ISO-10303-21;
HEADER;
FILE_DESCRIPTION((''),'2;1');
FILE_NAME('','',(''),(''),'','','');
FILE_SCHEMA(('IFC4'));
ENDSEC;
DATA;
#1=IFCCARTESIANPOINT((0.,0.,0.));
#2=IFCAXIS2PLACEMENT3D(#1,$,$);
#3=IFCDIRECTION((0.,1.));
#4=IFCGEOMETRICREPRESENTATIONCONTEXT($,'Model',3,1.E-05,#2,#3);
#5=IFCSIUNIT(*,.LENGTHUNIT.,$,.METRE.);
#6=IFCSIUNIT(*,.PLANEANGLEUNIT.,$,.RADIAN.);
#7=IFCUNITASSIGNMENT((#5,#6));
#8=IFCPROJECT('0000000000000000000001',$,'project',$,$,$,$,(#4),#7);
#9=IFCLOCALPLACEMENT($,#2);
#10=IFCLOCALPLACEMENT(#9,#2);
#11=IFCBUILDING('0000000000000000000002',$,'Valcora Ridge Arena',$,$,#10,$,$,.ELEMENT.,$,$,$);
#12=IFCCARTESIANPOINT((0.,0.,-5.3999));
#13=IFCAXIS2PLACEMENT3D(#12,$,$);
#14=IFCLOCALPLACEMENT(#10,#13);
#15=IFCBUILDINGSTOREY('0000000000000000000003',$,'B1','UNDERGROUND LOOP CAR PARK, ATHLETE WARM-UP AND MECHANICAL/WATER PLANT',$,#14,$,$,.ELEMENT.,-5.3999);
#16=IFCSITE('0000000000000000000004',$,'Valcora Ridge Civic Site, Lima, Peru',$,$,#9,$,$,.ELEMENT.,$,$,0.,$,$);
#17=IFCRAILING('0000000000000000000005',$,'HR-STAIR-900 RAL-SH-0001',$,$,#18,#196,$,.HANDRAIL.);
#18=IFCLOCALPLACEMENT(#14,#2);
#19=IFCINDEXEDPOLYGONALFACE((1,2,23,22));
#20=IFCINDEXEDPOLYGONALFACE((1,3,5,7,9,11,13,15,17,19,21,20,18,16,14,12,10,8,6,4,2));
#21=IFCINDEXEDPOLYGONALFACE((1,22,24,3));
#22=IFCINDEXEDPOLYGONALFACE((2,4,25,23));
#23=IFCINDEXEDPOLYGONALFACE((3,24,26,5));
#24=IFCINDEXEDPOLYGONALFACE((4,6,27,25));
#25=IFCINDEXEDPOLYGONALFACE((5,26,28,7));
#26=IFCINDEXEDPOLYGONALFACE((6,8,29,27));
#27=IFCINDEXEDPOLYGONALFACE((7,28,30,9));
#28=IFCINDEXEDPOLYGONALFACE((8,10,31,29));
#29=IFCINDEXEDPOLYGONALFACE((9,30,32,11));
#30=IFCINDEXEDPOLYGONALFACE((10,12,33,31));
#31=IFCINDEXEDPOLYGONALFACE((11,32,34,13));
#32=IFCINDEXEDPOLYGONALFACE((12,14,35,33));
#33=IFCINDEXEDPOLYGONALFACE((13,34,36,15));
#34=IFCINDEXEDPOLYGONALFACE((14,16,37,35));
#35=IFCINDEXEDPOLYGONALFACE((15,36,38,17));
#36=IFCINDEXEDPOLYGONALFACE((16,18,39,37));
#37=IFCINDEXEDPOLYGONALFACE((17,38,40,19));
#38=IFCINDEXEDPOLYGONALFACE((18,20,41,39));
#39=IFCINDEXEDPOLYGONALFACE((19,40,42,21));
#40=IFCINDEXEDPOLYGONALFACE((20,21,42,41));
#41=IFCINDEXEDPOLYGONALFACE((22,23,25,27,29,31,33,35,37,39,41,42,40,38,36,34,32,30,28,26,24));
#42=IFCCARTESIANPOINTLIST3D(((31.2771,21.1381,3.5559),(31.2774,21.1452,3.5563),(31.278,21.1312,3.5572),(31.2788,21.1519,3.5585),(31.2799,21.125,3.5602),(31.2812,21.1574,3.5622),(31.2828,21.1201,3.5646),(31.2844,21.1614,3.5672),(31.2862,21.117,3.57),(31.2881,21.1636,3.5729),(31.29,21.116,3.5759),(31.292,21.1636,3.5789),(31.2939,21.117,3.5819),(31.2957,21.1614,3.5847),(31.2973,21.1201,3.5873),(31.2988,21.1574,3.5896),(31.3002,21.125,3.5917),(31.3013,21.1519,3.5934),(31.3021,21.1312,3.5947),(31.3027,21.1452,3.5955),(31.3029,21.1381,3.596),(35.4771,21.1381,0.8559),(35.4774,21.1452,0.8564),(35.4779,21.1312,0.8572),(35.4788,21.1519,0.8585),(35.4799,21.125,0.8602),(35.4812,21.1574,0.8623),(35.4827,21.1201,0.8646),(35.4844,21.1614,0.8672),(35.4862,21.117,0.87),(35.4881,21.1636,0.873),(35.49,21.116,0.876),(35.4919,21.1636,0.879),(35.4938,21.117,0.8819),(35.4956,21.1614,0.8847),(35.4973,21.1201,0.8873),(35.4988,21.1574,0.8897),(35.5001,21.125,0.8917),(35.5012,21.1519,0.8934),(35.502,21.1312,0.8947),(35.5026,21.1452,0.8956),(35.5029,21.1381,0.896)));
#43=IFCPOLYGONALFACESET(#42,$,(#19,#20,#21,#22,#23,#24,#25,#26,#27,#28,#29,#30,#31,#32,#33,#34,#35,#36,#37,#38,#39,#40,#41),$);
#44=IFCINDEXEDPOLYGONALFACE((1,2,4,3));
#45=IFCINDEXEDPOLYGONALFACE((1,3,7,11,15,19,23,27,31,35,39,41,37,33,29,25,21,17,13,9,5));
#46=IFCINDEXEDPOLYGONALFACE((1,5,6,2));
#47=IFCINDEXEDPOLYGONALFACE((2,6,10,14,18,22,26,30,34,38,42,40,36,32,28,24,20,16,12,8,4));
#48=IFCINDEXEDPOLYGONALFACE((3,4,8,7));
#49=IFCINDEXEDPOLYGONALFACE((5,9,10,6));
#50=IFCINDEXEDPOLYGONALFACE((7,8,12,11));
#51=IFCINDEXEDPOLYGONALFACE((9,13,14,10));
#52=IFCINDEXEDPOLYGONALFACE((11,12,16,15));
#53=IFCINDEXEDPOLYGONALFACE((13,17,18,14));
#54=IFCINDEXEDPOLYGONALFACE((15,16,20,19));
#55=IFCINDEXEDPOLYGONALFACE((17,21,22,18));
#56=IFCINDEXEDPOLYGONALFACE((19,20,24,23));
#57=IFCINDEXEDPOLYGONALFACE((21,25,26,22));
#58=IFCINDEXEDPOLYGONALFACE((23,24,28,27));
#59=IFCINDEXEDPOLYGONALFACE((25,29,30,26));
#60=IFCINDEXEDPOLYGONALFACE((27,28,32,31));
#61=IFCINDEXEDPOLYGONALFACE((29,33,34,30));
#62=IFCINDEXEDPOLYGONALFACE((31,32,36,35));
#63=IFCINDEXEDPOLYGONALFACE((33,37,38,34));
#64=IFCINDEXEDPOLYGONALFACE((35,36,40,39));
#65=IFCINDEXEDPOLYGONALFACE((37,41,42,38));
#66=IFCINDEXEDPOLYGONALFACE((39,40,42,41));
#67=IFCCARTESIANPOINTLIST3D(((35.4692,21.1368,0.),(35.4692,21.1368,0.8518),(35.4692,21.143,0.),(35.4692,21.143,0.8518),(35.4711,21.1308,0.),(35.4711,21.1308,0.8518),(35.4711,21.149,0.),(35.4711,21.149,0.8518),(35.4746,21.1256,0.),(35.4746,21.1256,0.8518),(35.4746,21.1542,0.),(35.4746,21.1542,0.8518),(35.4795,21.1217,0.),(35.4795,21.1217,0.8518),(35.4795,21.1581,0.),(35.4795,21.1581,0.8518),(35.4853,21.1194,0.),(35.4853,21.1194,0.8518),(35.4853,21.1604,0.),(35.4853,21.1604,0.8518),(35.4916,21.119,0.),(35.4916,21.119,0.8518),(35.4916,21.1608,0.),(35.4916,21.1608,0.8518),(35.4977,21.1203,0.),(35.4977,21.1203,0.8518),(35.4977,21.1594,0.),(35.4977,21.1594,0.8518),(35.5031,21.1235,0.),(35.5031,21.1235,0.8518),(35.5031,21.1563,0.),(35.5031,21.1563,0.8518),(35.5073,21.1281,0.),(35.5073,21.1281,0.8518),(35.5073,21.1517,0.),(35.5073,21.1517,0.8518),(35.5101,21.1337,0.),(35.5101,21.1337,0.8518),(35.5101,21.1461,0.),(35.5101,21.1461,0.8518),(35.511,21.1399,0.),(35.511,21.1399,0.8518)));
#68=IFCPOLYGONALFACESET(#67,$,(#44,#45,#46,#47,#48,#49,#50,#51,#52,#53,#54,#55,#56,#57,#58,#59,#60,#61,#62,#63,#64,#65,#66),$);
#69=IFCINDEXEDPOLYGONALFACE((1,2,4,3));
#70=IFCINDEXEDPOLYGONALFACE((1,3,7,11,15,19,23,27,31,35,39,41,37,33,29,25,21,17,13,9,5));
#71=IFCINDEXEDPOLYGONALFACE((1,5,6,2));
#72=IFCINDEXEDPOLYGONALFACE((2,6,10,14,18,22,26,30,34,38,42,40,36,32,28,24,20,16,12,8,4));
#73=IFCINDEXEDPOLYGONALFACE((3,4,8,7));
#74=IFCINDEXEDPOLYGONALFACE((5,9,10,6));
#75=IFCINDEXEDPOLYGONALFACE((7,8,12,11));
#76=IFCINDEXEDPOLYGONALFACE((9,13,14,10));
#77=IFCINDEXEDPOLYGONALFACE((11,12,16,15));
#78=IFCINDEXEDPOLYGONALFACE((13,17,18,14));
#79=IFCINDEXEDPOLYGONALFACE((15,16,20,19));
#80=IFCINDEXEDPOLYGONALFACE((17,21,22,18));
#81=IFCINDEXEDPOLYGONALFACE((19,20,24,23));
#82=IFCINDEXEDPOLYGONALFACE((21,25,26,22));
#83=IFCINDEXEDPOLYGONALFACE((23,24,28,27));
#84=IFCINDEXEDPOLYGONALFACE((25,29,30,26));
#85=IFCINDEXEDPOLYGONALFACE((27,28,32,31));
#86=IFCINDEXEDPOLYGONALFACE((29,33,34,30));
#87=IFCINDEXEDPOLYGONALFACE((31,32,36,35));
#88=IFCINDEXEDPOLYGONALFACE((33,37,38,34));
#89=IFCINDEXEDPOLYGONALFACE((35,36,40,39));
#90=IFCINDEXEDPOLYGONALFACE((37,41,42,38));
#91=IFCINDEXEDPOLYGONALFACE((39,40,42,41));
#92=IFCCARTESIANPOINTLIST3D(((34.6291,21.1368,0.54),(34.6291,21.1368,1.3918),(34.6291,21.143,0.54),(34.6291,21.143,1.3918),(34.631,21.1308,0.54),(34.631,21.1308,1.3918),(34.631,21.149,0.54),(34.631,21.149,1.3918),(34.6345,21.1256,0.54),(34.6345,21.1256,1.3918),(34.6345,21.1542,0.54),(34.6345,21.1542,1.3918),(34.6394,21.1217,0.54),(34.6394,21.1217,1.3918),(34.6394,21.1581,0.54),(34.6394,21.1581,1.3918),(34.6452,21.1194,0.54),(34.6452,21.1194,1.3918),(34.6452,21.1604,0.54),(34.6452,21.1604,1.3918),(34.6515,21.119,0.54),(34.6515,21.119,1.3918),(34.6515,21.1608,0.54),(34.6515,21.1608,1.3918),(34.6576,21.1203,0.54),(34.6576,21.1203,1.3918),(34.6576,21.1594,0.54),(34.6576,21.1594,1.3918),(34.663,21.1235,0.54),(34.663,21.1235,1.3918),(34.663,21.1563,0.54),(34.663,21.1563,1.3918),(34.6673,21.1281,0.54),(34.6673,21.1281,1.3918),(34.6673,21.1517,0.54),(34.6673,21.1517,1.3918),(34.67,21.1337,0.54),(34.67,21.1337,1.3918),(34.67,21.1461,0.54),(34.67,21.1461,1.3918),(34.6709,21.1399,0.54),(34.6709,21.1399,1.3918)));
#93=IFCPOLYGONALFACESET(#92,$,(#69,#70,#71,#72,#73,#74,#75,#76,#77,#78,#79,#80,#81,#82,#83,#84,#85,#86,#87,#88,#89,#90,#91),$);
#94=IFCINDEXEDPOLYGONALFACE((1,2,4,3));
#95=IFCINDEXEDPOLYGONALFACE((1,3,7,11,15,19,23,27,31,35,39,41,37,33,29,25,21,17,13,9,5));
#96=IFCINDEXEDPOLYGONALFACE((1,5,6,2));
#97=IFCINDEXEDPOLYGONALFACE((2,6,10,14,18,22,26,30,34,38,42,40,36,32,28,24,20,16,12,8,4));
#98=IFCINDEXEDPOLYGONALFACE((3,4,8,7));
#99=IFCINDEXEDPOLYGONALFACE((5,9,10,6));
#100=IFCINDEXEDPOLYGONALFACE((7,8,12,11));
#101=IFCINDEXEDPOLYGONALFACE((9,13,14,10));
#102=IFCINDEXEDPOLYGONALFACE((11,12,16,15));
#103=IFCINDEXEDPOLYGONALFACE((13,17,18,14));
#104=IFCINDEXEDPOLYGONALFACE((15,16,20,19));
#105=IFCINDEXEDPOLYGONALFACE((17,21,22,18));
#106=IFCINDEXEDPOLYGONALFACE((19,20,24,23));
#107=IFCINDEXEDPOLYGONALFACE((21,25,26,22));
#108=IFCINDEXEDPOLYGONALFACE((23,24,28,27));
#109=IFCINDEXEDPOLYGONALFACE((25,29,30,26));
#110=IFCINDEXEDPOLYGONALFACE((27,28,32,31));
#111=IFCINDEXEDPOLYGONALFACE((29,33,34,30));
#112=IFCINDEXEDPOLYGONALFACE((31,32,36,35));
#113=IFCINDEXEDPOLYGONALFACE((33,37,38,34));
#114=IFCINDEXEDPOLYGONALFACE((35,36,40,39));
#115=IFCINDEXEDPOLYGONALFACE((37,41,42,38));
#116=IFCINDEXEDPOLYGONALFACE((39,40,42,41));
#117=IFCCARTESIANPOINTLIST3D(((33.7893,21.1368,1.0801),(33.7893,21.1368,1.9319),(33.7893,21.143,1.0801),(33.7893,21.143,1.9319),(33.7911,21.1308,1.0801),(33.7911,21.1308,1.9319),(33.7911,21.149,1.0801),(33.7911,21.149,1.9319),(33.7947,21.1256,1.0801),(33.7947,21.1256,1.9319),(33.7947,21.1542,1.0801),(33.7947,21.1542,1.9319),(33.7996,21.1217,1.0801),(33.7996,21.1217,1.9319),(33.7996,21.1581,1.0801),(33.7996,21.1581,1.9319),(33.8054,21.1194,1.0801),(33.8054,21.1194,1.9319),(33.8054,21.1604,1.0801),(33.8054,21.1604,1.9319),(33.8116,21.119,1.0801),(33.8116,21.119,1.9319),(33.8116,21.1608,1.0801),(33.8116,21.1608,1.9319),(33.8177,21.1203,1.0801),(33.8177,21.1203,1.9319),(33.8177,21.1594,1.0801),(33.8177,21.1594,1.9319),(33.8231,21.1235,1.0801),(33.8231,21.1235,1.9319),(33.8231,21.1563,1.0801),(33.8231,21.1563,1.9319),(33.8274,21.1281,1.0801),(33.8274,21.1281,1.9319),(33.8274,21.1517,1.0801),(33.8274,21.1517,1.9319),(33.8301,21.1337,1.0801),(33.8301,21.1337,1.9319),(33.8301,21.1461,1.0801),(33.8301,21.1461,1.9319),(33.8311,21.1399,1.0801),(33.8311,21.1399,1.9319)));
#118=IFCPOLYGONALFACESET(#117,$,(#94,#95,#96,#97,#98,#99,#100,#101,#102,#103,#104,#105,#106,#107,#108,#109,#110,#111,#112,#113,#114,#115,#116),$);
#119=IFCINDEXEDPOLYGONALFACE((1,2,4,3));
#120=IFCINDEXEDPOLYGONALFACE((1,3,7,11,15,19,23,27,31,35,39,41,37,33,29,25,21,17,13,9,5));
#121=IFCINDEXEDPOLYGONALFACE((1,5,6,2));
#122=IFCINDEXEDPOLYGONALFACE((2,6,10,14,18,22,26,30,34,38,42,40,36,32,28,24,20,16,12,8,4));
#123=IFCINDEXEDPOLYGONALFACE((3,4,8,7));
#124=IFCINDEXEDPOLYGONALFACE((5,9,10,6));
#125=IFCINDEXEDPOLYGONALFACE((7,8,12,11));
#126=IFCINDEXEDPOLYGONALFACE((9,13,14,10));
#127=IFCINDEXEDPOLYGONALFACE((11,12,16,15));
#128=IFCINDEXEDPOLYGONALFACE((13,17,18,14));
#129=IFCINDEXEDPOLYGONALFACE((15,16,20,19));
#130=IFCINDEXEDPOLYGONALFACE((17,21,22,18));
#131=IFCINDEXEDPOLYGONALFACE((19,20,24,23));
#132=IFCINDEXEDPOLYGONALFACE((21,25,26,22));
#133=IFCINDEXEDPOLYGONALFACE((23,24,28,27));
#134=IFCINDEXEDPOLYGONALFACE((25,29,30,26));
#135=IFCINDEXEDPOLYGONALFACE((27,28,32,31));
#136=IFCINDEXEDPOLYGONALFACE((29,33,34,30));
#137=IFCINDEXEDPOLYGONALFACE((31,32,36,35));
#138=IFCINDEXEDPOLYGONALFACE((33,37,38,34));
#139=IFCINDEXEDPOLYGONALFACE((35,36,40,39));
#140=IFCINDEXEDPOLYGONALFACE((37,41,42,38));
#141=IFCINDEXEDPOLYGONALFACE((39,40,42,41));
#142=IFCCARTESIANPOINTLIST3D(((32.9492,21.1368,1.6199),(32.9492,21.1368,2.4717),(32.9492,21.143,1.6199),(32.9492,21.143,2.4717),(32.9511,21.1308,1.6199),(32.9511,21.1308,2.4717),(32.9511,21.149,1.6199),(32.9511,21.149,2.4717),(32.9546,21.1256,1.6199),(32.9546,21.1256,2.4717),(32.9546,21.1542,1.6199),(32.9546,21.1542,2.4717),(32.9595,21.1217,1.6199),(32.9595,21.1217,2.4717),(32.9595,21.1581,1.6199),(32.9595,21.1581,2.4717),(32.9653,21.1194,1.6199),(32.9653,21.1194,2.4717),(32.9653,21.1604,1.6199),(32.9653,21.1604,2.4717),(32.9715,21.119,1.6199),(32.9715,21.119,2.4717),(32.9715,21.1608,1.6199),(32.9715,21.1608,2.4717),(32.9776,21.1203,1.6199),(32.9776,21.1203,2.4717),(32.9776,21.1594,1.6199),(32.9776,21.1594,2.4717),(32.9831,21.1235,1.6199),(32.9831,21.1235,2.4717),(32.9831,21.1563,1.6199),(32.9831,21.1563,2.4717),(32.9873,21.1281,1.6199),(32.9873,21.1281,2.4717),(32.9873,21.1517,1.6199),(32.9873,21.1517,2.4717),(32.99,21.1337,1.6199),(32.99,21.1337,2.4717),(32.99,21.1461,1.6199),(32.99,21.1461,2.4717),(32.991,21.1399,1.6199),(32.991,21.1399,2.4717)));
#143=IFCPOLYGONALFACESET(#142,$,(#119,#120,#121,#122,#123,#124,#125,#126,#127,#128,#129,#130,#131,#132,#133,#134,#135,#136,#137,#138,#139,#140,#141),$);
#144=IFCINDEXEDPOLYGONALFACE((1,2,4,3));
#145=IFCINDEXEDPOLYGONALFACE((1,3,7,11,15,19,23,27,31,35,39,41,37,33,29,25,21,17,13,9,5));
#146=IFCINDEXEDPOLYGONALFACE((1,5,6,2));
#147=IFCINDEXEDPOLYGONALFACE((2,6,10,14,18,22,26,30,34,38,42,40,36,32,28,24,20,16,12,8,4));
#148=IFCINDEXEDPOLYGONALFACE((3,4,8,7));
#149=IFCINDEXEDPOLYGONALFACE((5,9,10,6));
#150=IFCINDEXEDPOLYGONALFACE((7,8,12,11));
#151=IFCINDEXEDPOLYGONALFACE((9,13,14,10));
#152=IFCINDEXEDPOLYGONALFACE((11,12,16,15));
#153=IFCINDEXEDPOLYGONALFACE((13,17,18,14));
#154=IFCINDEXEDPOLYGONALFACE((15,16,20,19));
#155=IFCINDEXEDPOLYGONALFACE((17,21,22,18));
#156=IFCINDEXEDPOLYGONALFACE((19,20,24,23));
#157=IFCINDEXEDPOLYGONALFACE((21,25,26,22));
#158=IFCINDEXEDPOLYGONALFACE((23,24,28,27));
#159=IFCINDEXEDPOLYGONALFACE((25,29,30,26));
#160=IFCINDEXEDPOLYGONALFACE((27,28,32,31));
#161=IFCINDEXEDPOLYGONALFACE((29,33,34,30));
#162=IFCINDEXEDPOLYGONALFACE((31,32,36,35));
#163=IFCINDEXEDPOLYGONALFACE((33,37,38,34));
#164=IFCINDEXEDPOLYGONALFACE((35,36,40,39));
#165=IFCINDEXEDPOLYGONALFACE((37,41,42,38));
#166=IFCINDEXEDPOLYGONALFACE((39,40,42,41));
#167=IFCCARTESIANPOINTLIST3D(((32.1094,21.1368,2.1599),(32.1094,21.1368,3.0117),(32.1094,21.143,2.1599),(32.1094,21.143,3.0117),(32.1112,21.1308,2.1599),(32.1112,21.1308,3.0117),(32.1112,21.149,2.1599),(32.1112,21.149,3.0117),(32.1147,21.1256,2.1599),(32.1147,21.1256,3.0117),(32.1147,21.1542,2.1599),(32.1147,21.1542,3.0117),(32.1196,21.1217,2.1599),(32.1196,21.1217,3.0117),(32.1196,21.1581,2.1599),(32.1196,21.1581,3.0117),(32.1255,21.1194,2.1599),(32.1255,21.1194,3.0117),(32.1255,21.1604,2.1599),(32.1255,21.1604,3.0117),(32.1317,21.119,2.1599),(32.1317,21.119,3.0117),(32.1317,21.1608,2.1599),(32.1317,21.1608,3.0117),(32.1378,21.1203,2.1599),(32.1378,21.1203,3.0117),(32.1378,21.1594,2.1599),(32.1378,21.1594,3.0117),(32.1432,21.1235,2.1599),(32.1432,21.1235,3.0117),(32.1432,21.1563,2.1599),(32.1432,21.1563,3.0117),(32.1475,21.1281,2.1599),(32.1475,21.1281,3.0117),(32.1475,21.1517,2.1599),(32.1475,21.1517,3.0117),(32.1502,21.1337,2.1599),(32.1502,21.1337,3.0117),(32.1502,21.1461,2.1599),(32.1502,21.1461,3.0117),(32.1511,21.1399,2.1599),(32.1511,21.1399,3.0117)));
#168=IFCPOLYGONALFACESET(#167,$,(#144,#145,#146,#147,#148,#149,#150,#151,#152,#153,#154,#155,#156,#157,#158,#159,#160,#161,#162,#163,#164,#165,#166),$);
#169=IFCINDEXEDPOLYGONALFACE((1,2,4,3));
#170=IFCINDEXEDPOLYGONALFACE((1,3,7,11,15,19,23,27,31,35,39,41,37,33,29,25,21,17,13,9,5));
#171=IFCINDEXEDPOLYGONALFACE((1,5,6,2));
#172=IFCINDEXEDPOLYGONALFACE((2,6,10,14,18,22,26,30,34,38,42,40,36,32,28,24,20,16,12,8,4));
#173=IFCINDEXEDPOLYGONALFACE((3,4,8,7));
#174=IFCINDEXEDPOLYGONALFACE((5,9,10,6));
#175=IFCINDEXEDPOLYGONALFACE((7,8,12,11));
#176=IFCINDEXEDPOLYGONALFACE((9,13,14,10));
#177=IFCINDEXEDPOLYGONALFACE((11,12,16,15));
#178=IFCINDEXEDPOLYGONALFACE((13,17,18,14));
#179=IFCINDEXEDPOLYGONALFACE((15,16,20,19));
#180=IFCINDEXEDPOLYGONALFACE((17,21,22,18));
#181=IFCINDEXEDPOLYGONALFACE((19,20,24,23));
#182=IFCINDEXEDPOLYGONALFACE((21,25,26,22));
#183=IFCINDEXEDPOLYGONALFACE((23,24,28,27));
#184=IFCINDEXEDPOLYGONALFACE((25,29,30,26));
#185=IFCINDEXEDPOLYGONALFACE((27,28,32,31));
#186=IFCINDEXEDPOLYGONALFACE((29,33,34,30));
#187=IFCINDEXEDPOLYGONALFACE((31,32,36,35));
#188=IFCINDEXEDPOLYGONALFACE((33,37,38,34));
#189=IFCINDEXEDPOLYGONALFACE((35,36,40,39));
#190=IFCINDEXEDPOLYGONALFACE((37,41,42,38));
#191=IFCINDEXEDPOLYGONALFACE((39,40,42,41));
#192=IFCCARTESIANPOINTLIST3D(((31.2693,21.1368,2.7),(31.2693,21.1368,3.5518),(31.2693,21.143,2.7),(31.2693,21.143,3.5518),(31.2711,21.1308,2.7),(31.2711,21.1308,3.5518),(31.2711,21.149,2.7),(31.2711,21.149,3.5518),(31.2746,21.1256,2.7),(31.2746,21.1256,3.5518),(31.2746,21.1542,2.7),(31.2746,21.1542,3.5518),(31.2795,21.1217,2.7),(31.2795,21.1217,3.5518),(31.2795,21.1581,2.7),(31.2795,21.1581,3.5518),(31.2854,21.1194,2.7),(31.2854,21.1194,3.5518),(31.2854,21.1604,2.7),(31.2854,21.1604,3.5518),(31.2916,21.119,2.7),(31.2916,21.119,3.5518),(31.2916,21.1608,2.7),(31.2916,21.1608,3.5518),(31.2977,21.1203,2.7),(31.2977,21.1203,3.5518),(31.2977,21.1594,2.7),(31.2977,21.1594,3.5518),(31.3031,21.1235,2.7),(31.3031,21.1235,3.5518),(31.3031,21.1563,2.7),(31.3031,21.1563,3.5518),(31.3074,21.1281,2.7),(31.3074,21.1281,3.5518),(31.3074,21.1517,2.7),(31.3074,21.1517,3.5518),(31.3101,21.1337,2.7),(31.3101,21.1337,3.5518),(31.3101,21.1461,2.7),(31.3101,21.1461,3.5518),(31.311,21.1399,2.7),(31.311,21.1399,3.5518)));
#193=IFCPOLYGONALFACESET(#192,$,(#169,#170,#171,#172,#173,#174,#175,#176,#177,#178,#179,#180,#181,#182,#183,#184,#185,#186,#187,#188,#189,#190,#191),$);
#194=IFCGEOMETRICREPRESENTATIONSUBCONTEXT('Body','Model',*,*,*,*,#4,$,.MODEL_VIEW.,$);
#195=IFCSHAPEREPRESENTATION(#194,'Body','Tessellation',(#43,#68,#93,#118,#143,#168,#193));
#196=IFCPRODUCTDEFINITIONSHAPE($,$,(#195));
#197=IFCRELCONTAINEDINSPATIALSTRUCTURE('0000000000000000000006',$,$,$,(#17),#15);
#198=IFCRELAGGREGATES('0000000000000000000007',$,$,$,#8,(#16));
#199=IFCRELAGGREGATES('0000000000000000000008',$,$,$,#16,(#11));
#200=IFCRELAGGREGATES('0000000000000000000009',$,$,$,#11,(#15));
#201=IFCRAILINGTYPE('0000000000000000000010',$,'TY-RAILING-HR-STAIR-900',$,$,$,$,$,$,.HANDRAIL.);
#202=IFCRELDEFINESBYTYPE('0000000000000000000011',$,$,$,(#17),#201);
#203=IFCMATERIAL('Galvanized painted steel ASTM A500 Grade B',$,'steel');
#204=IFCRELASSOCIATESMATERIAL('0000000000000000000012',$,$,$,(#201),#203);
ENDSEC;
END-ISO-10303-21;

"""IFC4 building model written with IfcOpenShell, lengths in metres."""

from ifc_helpers import new_model, si_unit, direction, frame, origin, origin_2d, place, context, subcontext, project, spatial, circle, extrude, material, type_object, element, save


model = new_model("IFC4")

# Units and contexts
model_context = context("Model", 3, precision=1e-05, world=origin(), true_north=direction((0.0, 1.0)))
body_context = subcontext(model_context, "Body", "Model", "MODEL_VIEW")
ifc_project = project(units=[si_unit("LENGTHUNIT", "METRE"), si_unit("PLANEANGLEUNIT", "RADIAN")], contexts=[model_context])

# Site, building, storey
site_placement = place(None, origin())
site = spatial("IfcSite", under=ifc_project, at=site_placement, Name="Valcora Ridge Civic Site, Lima, Peru", CompositionType="ELEMENT", RefElevation=0.0)
building_placement = place(site_placement, origin())
building = spatial("IfcBuilding", under=site, at=building_placement, Name="Valcora Ridge Arena", CompositionType="ELEMENT")
storey_placement = place(building_placement, frame((0.0, 0.0, -5.3999)))
storey = spatial("IfcBuildingStorey", under=building, at=storey_placement, Name="B1", Description="UNDERGROUND LOOP CAR PARK, ATHLETE WARM-UP AND MECHANICAL/WATER PLANT", CompositionType="ELEMENT", Elevation=-5.3999)

# Railing
ifc_material_1 = material(Name="Galvanized painted steel ASTM A500 Grade B", Category="steel")
railing_type_1 = type_object("IfcRailingType", Name="TY-RAILING-HR-STAIR-900", PredefinedType="HANDRAIL", material=ifc_material_1)
railing_1_placement = place(storey_placement, frame((35.49, 21.1399, 0.0)))
element("IfcRailing", 1, at=railing_1_placement, inside=storey, type_object=railing_type_1, Name="HR-STAIR-900 RAL-SH-0001", PredefinedType="HANDRAIL", context=body_context, shape_type="SweptSolid", body=[
    extrude(circle(Radius=0.0239, at=origin_2d()), frame((0.0, 0.0, 0.876), z_axis=(-0.84118, 0.0, 0.540755), x_axis=(0.0, -1.0, 0.0)), (0.0, 0.0, 1.0), 4.9929),
    extrude(circle(Radius=0.021, at=origin_2d()), origin(), (0.0, 0.0, 1.0), 0.8518),
    extrude(circle(Radius=0.021, at=origin_2d()), frame((-0.8401, 0.0, 0.54)), (0.0, 0.0, 1.0), 0.8518),
    extrude(circle(Radius=0.021, at=origin_2d()), frame((-1.6799, 0.0, 1.0801)), (0.0, 0.0, 1.0), 0.8518),
    extrude(circle(Radius=0.021, at=origin_2d()), frame((-2.52, 0.0, 1.6199)), (0.0, 0.0, 1.0), 0.8518),
    extrude(circle(Radius=0.021, at=origin_2d()), frame((-3.3599, 0.0, 2.1599)), (0.0, 0.0, 1.0), 0.8518),
    extrude(circle(Radius=0.021, at=origin_2d()), frame((-4.2, 0.0, 2.7)), (0.0, 0.0, 1.0), 0.8518),
])

save(model, "model.ifc")
